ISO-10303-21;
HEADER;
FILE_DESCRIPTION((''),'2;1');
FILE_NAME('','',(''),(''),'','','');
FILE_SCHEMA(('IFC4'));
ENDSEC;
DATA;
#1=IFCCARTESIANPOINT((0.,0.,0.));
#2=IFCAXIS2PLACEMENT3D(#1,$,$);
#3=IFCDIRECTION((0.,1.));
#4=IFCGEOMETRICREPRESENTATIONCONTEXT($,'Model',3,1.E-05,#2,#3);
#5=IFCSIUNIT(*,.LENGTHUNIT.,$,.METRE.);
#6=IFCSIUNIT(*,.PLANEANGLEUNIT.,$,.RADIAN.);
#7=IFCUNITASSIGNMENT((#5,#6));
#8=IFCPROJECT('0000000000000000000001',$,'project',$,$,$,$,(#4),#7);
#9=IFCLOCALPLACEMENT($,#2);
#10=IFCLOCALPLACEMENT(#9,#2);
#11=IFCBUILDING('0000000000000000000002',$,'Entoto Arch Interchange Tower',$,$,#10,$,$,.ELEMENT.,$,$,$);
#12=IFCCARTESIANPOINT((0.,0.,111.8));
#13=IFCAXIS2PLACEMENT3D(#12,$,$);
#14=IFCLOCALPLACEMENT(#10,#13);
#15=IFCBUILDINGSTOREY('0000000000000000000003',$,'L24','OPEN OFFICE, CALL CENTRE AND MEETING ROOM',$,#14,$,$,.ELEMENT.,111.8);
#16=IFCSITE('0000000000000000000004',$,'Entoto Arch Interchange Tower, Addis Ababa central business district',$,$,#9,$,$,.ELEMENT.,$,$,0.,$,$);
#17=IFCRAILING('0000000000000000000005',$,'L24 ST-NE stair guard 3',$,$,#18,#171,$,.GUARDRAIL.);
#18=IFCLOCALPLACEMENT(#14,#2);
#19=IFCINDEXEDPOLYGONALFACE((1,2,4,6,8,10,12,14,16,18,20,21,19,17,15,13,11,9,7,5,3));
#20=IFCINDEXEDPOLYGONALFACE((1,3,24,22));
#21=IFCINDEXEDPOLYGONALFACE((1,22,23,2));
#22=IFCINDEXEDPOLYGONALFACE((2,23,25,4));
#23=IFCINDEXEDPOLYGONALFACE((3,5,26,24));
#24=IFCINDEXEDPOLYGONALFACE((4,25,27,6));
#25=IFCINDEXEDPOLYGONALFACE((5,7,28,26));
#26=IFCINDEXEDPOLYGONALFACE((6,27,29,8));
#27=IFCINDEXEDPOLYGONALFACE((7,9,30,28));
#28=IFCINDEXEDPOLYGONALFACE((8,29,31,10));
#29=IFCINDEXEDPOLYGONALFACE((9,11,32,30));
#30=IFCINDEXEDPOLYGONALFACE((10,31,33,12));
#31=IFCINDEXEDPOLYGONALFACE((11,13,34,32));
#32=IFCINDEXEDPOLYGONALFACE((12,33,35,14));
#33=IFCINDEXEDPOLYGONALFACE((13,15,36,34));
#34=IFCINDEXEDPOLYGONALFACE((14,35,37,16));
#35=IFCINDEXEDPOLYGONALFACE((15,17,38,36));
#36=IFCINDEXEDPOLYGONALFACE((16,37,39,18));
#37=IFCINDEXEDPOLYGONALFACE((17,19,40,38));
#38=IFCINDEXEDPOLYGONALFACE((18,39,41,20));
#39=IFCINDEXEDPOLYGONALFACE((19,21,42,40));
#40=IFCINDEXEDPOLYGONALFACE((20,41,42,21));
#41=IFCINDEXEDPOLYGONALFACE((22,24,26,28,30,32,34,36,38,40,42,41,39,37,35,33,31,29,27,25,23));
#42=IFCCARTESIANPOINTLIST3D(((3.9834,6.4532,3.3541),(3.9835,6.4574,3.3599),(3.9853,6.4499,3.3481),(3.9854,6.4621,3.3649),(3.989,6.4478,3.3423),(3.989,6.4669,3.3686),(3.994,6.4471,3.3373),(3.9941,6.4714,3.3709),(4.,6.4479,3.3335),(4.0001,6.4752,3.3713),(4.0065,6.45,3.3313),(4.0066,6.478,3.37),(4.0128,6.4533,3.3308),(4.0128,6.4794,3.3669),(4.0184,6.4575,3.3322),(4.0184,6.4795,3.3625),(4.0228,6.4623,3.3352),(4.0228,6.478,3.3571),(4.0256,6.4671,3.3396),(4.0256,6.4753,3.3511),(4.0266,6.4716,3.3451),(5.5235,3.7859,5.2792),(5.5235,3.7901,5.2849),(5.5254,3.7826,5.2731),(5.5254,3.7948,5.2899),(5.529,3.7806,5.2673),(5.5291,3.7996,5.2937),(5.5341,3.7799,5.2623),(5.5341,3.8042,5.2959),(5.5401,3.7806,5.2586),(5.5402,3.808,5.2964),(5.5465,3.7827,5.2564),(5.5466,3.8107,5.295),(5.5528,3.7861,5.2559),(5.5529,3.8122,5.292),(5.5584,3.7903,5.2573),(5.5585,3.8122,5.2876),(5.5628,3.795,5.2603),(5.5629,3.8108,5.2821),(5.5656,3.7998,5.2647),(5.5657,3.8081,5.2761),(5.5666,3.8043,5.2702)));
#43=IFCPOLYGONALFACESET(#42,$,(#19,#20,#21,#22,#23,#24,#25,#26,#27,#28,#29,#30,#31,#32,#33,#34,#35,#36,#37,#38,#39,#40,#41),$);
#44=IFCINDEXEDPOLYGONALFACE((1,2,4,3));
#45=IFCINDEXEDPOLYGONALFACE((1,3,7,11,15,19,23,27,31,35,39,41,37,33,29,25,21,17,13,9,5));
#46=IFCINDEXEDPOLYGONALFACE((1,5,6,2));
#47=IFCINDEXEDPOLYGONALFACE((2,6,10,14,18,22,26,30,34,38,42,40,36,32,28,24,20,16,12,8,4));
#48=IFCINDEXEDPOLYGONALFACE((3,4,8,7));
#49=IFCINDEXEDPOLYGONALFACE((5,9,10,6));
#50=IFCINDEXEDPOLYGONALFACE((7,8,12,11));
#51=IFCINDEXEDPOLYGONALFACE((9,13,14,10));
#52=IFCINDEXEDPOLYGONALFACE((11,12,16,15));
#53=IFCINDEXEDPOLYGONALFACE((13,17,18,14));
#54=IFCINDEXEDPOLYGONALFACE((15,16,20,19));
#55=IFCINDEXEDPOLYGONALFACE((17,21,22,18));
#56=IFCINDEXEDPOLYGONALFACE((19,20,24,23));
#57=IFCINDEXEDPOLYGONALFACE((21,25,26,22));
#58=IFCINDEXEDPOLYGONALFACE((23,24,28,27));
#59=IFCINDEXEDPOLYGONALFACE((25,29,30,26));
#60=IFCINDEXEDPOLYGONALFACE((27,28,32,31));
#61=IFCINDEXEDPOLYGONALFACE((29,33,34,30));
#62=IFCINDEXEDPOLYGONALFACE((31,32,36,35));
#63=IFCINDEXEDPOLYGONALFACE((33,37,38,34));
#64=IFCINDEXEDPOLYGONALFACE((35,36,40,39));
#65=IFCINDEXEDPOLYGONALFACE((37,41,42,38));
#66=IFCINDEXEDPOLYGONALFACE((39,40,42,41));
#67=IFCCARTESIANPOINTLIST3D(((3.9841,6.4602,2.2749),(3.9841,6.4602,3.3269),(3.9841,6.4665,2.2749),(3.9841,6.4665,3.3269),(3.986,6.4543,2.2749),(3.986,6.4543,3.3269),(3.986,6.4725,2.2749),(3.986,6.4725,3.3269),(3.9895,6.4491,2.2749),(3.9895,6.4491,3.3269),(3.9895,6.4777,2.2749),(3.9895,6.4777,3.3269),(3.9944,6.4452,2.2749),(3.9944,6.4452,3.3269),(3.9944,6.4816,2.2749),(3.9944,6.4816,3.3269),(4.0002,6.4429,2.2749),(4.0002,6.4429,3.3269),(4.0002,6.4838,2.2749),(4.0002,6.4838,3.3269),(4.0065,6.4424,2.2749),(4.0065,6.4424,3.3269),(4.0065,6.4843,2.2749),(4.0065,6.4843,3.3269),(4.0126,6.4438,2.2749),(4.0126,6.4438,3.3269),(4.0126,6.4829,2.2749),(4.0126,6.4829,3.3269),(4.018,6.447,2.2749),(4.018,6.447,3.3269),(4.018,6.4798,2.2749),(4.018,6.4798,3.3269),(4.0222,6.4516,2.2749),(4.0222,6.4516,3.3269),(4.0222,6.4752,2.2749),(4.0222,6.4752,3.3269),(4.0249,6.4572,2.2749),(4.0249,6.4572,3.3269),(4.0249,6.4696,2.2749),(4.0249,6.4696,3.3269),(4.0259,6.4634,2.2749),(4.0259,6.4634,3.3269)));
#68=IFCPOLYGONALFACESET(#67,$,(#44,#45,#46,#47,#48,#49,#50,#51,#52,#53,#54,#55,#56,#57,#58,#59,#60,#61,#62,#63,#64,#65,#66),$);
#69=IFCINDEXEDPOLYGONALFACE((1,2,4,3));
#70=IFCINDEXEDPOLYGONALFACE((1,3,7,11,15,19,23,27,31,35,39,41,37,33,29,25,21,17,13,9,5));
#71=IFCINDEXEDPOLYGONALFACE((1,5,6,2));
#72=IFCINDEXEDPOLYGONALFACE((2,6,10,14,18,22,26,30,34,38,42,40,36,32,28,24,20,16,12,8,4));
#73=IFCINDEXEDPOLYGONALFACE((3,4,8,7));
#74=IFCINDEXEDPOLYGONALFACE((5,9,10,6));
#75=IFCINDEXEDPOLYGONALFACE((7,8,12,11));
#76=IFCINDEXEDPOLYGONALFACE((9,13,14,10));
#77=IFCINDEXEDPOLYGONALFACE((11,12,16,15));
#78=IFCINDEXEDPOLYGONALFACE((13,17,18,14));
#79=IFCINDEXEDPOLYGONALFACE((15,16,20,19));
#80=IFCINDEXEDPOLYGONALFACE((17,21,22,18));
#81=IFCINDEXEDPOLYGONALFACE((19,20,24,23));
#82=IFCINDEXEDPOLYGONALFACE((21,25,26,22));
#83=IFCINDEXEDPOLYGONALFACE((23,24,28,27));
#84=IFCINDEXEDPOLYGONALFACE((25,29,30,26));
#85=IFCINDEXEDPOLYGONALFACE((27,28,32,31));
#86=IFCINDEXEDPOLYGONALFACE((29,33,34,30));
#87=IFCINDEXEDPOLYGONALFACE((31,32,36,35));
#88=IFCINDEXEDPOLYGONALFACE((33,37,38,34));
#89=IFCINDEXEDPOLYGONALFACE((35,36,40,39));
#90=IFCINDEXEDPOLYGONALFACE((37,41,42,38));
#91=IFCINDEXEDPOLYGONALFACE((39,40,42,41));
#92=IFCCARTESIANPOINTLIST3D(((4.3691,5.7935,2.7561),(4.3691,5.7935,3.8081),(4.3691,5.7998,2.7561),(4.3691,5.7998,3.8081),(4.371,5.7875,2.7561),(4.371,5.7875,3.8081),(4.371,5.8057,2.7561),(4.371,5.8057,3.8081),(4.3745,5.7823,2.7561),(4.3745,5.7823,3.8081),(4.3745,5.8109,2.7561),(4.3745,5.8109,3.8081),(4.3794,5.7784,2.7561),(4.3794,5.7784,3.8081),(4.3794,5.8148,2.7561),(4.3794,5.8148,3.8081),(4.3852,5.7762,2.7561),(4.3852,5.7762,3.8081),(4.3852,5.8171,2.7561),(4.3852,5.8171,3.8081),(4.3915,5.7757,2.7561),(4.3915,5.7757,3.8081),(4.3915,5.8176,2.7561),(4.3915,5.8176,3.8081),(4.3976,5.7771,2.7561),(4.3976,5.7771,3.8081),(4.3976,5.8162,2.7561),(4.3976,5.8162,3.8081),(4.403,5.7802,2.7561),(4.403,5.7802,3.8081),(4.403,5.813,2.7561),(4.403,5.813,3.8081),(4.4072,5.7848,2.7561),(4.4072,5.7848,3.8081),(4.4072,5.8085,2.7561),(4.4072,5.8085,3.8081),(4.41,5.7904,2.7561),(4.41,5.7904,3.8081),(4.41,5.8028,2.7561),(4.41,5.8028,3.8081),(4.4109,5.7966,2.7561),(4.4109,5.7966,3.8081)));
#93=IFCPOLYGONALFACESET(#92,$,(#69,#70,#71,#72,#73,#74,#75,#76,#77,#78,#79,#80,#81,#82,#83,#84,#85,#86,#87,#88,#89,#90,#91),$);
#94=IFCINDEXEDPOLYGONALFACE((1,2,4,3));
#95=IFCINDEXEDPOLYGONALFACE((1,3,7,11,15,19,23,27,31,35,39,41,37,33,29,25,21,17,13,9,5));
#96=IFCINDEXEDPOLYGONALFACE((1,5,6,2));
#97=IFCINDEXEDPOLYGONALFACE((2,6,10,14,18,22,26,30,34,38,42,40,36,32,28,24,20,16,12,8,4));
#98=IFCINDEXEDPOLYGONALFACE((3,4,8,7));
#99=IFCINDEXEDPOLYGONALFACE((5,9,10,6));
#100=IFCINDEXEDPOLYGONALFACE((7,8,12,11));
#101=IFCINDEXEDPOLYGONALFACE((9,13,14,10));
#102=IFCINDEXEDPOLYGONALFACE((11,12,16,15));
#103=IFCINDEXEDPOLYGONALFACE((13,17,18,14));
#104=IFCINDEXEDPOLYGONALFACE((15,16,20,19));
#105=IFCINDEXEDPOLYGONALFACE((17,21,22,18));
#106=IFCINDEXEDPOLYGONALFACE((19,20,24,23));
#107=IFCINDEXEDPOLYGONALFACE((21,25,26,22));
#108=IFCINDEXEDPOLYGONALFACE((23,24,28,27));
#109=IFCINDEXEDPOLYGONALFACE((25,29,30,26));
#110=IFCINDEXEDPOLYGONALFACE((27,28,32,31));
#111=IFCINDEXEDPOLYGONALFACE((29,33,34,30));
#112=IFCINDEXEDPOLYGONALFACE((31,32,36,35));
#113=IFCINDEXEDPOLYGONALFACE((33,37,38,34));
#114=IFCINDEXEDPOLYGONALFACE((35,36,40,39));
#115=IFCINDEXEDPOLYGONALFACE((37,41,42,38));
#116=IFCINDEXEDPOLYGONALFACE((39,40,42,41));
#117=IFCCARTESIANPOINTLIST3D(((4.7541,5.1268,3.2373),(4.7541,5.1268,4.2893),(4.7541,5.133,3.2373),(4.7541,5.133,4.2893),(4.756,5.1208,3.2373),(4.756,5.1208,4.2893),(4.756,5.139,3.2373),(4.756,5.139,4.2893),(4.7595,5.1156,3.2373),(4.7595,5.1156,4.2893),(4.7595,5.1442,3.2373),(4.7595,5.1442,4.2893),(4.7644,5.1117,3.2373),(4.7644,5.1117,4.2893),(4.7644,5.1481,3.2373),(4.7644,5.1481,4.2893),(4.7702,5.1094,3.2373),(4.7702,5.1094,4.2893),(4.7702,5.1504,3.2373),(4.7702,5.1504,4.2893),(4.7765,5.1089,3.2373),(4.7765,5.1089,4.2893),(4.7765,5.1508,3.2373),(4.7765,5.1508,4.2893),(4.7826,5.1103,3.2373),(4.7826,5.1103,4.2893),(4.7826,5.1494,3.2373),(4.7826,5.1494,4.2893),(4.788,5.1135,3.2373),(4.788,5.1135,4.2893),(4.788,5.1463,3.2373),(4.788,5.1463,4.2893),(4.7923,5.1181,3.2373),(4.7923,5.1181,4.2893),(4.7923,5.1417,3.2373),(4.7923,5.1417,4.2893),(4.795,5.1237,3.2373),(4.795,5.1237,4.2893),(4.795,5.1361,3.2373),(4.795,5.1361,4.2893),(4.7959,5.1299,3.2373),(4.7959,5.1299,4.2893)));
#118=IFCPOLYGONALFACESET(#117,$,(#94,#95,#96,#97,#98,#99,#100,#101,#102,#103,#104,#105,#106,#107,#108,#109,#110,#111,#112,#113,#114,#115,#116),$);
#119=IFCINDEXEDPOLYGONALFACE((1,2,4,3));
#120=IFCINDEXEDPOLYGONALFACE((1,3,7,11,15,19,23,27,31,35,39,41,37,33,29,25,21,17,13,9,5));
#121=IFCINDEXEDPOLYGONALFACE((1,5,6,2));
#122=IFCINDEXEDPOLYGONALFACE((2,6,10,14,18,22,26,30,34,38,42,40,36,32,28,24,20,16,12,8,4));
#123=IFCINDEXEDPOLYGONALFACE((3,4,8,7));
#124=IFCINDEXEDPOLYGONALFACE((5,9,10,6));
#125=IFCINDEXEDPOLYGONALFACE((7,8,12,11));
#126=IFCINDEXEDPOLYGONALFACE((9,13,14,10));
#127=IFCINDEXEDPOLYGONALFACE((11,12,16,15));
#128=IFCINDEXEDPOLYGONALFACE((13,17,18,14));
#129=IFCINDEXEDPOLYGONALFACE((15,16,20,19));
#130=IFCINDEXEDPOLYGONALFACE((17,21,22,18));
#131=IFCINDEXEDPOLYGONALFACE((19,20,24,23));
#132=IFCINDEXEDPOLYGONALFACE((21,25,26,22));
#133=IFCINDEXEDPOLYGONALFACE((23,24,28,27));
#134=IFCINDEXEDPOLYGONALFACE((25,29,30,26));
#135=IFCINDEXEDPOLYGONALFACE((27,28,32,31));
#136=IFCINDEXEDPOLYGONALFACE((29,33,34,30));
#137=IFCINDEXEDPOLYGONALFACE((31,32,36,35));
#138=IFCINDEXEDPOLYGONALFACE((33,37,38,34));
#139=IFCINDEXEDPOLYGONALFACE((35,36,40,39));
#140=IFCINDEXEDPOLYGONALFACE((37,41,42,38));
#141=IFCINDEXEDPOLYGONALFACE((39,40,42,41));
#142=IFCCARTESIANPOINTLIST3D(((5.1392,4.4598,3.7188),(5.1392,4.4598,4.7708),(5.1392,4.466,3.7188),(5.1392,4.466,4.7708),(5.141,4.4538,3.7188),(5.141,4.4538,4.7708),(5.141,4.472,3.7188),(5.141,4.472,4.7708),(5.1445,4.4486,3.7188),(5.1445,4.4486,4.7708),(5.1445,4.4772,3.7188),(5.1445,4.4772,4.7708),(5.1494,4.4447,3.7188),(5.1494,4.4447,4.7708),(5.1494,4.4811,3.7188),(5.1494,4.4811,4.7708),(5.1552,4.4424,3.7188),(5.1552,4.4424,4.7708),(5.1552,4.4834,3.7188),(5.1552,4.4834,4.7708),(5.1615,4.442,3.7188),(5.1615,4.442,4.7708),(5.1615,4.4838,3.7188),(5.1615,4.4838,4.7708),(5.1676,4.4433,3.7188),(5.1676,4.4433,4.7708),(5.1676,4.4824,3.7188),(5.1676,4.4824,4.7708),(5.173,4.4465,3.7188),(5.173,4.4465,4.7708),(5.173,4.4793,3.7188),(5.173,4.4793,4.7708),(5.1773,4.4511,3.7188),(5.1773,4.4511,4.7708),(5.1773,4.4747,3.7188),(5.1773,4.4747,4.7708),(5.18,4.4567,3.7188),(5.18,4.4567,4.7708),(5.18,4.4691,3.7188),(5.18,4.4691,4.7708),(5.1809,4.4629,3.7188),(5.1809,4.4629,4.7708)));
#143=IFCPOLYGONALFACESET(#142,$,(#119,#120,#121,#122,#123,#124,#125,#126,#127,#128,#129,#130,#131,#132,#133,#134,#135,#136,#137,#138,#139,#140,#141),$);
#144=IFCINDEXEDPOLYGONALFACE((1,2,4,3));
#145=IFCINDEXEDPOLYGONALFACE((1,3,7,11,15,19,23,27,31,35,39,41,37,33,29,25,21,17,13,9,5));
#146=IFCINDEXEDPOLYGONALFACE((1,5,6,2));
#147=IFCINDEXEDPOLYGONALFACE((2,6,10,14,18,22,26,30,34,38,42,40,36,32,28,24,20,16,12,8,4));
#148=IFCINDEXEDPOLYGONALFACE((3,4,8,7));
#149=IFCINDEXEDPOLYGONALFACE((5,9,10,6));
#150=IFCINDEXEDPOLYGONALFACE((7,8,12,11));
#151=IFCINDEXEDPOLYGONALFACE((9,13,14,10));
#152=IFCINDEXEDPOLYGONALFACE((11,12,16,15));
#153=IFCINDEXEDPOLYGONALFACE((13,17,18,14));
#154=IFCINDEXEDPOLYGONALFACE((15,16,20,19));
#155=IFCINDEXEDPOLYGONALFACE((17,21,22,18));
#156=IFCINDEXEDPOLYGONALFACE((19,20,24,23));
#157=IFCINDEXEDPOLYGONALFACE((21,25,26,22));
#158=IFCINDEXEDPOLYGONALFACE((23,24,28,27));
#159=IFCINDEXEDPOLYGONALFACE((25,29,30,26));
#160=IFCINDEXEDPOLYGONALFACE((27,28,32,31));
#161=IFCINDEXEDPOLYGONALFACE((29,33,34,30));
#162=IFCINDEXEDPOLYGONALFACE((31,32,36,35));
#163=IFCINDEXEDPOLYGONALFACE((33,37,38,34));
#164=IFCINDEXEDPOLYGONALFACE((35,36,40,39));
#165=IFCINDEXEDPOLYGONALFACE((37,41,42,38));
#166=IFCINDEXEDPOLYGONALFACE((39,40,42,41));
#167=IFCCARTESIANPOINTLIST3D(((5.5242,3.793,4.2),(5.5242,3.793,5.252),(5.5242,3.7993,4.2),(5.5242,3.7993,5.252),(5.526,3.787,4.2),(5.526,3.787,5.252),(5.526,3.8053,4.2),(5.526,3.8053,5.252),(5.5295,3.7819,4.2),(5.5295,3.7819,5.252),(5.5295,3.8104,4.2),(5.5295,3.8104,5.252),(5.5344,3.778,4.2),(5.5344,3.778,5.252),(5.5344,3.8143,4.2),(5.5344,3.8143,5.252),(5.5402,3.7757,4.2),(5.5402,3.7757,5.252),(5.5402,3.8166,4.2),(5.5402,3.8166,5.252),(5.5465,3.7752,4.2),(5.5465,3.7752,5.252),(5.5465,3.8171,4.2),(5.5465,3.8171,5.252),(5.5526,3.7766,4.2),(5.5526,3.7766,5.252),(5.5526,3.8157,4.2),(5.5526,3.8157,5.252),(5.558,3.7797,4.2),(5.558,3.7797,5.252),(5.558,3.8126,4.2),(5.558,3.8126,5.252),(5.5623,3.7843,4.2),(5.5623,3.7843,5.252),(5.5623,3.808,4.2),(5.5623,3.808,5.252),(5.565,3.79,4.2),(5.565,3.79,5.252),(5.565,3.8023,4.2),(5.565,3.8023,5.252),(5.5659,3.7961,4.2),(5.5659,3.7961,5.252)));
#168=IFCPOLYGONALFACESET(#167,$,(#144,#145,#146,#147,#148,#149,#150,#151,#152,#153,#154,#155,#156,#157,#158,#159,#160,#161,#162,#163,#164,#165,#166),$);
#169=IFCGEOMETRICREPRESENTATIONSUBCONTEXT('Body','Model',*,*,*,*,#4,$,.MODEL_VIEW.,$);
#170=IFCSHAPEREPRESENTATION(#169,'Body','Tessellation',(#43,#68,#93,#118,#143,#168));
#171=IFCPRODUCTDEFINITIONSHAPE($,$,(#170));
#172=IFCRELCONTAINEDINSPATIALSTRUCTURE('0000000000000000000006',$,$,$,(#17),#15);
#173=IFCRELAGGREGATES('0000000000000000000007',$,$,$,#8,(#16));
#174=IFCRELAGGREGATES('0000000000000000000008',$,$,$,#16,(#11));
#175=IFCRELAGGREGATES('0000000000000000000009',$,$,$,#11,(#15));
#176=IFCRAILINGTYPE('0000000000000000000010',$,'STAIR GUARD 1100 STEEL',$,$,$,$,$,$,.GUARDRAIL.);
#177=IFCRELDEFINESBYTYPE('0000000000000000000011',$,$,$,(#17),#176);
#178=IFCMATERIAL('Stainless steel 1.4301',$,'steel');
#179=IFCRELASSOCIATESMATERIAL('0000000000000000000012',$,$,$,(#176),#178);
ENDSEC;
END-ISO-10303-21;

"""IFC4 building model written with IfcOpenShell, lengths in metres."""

from ifc_helpers import new_model, si_unit, direction, frame, origin, origin_2d, place, context, subcontext, project, spatial, circle, extrude, material, type_object, element, save


model = new_model("IFC4")

# Units and contexts
model_context = context("Model", 3, precision=1e-05, world=origin(), true_north=direction((0.0, 1.0)))
body_context = subcontext(model_context, "Body", "Model", "MODEL_VIEW")
ifc_project = project(units=[si_unit("LENGTHUNIT", "METRE"), si_unit("PLANEANGLEUNIT", "RADIAN")], contexts=[model_context])

# Site, building, storey
site_placement = place(None, origin())
site = spatial("IfcSite", under=ifc_project, at=site_placement, Name="Entoto Arch Interchange Tower, Addis Ababa central business district", CompositionType="ELEMENT", RefElevation=0.0)
building_placement = place(site_placement, origin())
building = spatial("IfcBuilding", under=site, at=building_placement, Name="Entoto Arch Interchange Tower", CompositionType="ELEMENT")
storey_placement = place(building_placement, frame((0.0, 0.0, 111.8)))
storey = spatial("IfcBuildingStorey", under=building, at=storey_placement, Name="L24", Description="OPEN OFFICE, CALL CENTRE AND MEETING ROOM", CompositionType="ELEMENT", Elevation=111.8)

# Railing
ifc_material_1 = material(Name="Stainless steel 1.4301", Category="steel")
railing_type_1 = type_object("IfcRailingType", Name="STAIR GUARD 1100 STEEL", PredefinedType="GUARDRAIL", material=ifc_material_1)
railing_1_placement = place(storey_placement, frame((4.0049, 6.4634, 2.2749)))
element("IfcRailing", 1, at=railing_1_placement, inside=storey, type_object=railing_type_1, Name="L24 ST-NE stair guard 3", PredefinedType="GUARDRAIL", context=body_context, shape_type="SweptSolid", body=[
    extrude(circle(Radius=0.0239, at=origin_2d()), frame((0.0, 0.0, 1.0762), z_axis=(0.424015, -0.734364, 0.530019), x_axis=(0.86601, 0.500027, 0.0)), (0.0, 0.0, 1.0), 3.6321),
    extrude(circle(Radius=0.021, at=origin_2d()), origin(), (0.0, 0.0, 1.0), 1.052),
    extrude(circle(Radius=0.021, at=origin_2d()), frame((0.385, -0.6667, 0.4812)), (0.0, 0.0, 1.0), 1.052),
    extrude(circle(Radius=0.021, at=origin_2d()), frame((0.77, -1.3335, 0.9624)), (0.0, 0.0, 1.0), 1.052),
    extrude(circle(Radius=0.021, at=origin_2d()), frame((1.155, -2.0005, 1.4438)), (0.0, 0.0, 1.0), 1.052),
    extrude(circle(Radius=0.021, at=origin_2d()), frame((1.54, -2.6672, 1.925)), (0.0, 0.0, 1.0), 1.052),
])

save(model, "model.ifc")
